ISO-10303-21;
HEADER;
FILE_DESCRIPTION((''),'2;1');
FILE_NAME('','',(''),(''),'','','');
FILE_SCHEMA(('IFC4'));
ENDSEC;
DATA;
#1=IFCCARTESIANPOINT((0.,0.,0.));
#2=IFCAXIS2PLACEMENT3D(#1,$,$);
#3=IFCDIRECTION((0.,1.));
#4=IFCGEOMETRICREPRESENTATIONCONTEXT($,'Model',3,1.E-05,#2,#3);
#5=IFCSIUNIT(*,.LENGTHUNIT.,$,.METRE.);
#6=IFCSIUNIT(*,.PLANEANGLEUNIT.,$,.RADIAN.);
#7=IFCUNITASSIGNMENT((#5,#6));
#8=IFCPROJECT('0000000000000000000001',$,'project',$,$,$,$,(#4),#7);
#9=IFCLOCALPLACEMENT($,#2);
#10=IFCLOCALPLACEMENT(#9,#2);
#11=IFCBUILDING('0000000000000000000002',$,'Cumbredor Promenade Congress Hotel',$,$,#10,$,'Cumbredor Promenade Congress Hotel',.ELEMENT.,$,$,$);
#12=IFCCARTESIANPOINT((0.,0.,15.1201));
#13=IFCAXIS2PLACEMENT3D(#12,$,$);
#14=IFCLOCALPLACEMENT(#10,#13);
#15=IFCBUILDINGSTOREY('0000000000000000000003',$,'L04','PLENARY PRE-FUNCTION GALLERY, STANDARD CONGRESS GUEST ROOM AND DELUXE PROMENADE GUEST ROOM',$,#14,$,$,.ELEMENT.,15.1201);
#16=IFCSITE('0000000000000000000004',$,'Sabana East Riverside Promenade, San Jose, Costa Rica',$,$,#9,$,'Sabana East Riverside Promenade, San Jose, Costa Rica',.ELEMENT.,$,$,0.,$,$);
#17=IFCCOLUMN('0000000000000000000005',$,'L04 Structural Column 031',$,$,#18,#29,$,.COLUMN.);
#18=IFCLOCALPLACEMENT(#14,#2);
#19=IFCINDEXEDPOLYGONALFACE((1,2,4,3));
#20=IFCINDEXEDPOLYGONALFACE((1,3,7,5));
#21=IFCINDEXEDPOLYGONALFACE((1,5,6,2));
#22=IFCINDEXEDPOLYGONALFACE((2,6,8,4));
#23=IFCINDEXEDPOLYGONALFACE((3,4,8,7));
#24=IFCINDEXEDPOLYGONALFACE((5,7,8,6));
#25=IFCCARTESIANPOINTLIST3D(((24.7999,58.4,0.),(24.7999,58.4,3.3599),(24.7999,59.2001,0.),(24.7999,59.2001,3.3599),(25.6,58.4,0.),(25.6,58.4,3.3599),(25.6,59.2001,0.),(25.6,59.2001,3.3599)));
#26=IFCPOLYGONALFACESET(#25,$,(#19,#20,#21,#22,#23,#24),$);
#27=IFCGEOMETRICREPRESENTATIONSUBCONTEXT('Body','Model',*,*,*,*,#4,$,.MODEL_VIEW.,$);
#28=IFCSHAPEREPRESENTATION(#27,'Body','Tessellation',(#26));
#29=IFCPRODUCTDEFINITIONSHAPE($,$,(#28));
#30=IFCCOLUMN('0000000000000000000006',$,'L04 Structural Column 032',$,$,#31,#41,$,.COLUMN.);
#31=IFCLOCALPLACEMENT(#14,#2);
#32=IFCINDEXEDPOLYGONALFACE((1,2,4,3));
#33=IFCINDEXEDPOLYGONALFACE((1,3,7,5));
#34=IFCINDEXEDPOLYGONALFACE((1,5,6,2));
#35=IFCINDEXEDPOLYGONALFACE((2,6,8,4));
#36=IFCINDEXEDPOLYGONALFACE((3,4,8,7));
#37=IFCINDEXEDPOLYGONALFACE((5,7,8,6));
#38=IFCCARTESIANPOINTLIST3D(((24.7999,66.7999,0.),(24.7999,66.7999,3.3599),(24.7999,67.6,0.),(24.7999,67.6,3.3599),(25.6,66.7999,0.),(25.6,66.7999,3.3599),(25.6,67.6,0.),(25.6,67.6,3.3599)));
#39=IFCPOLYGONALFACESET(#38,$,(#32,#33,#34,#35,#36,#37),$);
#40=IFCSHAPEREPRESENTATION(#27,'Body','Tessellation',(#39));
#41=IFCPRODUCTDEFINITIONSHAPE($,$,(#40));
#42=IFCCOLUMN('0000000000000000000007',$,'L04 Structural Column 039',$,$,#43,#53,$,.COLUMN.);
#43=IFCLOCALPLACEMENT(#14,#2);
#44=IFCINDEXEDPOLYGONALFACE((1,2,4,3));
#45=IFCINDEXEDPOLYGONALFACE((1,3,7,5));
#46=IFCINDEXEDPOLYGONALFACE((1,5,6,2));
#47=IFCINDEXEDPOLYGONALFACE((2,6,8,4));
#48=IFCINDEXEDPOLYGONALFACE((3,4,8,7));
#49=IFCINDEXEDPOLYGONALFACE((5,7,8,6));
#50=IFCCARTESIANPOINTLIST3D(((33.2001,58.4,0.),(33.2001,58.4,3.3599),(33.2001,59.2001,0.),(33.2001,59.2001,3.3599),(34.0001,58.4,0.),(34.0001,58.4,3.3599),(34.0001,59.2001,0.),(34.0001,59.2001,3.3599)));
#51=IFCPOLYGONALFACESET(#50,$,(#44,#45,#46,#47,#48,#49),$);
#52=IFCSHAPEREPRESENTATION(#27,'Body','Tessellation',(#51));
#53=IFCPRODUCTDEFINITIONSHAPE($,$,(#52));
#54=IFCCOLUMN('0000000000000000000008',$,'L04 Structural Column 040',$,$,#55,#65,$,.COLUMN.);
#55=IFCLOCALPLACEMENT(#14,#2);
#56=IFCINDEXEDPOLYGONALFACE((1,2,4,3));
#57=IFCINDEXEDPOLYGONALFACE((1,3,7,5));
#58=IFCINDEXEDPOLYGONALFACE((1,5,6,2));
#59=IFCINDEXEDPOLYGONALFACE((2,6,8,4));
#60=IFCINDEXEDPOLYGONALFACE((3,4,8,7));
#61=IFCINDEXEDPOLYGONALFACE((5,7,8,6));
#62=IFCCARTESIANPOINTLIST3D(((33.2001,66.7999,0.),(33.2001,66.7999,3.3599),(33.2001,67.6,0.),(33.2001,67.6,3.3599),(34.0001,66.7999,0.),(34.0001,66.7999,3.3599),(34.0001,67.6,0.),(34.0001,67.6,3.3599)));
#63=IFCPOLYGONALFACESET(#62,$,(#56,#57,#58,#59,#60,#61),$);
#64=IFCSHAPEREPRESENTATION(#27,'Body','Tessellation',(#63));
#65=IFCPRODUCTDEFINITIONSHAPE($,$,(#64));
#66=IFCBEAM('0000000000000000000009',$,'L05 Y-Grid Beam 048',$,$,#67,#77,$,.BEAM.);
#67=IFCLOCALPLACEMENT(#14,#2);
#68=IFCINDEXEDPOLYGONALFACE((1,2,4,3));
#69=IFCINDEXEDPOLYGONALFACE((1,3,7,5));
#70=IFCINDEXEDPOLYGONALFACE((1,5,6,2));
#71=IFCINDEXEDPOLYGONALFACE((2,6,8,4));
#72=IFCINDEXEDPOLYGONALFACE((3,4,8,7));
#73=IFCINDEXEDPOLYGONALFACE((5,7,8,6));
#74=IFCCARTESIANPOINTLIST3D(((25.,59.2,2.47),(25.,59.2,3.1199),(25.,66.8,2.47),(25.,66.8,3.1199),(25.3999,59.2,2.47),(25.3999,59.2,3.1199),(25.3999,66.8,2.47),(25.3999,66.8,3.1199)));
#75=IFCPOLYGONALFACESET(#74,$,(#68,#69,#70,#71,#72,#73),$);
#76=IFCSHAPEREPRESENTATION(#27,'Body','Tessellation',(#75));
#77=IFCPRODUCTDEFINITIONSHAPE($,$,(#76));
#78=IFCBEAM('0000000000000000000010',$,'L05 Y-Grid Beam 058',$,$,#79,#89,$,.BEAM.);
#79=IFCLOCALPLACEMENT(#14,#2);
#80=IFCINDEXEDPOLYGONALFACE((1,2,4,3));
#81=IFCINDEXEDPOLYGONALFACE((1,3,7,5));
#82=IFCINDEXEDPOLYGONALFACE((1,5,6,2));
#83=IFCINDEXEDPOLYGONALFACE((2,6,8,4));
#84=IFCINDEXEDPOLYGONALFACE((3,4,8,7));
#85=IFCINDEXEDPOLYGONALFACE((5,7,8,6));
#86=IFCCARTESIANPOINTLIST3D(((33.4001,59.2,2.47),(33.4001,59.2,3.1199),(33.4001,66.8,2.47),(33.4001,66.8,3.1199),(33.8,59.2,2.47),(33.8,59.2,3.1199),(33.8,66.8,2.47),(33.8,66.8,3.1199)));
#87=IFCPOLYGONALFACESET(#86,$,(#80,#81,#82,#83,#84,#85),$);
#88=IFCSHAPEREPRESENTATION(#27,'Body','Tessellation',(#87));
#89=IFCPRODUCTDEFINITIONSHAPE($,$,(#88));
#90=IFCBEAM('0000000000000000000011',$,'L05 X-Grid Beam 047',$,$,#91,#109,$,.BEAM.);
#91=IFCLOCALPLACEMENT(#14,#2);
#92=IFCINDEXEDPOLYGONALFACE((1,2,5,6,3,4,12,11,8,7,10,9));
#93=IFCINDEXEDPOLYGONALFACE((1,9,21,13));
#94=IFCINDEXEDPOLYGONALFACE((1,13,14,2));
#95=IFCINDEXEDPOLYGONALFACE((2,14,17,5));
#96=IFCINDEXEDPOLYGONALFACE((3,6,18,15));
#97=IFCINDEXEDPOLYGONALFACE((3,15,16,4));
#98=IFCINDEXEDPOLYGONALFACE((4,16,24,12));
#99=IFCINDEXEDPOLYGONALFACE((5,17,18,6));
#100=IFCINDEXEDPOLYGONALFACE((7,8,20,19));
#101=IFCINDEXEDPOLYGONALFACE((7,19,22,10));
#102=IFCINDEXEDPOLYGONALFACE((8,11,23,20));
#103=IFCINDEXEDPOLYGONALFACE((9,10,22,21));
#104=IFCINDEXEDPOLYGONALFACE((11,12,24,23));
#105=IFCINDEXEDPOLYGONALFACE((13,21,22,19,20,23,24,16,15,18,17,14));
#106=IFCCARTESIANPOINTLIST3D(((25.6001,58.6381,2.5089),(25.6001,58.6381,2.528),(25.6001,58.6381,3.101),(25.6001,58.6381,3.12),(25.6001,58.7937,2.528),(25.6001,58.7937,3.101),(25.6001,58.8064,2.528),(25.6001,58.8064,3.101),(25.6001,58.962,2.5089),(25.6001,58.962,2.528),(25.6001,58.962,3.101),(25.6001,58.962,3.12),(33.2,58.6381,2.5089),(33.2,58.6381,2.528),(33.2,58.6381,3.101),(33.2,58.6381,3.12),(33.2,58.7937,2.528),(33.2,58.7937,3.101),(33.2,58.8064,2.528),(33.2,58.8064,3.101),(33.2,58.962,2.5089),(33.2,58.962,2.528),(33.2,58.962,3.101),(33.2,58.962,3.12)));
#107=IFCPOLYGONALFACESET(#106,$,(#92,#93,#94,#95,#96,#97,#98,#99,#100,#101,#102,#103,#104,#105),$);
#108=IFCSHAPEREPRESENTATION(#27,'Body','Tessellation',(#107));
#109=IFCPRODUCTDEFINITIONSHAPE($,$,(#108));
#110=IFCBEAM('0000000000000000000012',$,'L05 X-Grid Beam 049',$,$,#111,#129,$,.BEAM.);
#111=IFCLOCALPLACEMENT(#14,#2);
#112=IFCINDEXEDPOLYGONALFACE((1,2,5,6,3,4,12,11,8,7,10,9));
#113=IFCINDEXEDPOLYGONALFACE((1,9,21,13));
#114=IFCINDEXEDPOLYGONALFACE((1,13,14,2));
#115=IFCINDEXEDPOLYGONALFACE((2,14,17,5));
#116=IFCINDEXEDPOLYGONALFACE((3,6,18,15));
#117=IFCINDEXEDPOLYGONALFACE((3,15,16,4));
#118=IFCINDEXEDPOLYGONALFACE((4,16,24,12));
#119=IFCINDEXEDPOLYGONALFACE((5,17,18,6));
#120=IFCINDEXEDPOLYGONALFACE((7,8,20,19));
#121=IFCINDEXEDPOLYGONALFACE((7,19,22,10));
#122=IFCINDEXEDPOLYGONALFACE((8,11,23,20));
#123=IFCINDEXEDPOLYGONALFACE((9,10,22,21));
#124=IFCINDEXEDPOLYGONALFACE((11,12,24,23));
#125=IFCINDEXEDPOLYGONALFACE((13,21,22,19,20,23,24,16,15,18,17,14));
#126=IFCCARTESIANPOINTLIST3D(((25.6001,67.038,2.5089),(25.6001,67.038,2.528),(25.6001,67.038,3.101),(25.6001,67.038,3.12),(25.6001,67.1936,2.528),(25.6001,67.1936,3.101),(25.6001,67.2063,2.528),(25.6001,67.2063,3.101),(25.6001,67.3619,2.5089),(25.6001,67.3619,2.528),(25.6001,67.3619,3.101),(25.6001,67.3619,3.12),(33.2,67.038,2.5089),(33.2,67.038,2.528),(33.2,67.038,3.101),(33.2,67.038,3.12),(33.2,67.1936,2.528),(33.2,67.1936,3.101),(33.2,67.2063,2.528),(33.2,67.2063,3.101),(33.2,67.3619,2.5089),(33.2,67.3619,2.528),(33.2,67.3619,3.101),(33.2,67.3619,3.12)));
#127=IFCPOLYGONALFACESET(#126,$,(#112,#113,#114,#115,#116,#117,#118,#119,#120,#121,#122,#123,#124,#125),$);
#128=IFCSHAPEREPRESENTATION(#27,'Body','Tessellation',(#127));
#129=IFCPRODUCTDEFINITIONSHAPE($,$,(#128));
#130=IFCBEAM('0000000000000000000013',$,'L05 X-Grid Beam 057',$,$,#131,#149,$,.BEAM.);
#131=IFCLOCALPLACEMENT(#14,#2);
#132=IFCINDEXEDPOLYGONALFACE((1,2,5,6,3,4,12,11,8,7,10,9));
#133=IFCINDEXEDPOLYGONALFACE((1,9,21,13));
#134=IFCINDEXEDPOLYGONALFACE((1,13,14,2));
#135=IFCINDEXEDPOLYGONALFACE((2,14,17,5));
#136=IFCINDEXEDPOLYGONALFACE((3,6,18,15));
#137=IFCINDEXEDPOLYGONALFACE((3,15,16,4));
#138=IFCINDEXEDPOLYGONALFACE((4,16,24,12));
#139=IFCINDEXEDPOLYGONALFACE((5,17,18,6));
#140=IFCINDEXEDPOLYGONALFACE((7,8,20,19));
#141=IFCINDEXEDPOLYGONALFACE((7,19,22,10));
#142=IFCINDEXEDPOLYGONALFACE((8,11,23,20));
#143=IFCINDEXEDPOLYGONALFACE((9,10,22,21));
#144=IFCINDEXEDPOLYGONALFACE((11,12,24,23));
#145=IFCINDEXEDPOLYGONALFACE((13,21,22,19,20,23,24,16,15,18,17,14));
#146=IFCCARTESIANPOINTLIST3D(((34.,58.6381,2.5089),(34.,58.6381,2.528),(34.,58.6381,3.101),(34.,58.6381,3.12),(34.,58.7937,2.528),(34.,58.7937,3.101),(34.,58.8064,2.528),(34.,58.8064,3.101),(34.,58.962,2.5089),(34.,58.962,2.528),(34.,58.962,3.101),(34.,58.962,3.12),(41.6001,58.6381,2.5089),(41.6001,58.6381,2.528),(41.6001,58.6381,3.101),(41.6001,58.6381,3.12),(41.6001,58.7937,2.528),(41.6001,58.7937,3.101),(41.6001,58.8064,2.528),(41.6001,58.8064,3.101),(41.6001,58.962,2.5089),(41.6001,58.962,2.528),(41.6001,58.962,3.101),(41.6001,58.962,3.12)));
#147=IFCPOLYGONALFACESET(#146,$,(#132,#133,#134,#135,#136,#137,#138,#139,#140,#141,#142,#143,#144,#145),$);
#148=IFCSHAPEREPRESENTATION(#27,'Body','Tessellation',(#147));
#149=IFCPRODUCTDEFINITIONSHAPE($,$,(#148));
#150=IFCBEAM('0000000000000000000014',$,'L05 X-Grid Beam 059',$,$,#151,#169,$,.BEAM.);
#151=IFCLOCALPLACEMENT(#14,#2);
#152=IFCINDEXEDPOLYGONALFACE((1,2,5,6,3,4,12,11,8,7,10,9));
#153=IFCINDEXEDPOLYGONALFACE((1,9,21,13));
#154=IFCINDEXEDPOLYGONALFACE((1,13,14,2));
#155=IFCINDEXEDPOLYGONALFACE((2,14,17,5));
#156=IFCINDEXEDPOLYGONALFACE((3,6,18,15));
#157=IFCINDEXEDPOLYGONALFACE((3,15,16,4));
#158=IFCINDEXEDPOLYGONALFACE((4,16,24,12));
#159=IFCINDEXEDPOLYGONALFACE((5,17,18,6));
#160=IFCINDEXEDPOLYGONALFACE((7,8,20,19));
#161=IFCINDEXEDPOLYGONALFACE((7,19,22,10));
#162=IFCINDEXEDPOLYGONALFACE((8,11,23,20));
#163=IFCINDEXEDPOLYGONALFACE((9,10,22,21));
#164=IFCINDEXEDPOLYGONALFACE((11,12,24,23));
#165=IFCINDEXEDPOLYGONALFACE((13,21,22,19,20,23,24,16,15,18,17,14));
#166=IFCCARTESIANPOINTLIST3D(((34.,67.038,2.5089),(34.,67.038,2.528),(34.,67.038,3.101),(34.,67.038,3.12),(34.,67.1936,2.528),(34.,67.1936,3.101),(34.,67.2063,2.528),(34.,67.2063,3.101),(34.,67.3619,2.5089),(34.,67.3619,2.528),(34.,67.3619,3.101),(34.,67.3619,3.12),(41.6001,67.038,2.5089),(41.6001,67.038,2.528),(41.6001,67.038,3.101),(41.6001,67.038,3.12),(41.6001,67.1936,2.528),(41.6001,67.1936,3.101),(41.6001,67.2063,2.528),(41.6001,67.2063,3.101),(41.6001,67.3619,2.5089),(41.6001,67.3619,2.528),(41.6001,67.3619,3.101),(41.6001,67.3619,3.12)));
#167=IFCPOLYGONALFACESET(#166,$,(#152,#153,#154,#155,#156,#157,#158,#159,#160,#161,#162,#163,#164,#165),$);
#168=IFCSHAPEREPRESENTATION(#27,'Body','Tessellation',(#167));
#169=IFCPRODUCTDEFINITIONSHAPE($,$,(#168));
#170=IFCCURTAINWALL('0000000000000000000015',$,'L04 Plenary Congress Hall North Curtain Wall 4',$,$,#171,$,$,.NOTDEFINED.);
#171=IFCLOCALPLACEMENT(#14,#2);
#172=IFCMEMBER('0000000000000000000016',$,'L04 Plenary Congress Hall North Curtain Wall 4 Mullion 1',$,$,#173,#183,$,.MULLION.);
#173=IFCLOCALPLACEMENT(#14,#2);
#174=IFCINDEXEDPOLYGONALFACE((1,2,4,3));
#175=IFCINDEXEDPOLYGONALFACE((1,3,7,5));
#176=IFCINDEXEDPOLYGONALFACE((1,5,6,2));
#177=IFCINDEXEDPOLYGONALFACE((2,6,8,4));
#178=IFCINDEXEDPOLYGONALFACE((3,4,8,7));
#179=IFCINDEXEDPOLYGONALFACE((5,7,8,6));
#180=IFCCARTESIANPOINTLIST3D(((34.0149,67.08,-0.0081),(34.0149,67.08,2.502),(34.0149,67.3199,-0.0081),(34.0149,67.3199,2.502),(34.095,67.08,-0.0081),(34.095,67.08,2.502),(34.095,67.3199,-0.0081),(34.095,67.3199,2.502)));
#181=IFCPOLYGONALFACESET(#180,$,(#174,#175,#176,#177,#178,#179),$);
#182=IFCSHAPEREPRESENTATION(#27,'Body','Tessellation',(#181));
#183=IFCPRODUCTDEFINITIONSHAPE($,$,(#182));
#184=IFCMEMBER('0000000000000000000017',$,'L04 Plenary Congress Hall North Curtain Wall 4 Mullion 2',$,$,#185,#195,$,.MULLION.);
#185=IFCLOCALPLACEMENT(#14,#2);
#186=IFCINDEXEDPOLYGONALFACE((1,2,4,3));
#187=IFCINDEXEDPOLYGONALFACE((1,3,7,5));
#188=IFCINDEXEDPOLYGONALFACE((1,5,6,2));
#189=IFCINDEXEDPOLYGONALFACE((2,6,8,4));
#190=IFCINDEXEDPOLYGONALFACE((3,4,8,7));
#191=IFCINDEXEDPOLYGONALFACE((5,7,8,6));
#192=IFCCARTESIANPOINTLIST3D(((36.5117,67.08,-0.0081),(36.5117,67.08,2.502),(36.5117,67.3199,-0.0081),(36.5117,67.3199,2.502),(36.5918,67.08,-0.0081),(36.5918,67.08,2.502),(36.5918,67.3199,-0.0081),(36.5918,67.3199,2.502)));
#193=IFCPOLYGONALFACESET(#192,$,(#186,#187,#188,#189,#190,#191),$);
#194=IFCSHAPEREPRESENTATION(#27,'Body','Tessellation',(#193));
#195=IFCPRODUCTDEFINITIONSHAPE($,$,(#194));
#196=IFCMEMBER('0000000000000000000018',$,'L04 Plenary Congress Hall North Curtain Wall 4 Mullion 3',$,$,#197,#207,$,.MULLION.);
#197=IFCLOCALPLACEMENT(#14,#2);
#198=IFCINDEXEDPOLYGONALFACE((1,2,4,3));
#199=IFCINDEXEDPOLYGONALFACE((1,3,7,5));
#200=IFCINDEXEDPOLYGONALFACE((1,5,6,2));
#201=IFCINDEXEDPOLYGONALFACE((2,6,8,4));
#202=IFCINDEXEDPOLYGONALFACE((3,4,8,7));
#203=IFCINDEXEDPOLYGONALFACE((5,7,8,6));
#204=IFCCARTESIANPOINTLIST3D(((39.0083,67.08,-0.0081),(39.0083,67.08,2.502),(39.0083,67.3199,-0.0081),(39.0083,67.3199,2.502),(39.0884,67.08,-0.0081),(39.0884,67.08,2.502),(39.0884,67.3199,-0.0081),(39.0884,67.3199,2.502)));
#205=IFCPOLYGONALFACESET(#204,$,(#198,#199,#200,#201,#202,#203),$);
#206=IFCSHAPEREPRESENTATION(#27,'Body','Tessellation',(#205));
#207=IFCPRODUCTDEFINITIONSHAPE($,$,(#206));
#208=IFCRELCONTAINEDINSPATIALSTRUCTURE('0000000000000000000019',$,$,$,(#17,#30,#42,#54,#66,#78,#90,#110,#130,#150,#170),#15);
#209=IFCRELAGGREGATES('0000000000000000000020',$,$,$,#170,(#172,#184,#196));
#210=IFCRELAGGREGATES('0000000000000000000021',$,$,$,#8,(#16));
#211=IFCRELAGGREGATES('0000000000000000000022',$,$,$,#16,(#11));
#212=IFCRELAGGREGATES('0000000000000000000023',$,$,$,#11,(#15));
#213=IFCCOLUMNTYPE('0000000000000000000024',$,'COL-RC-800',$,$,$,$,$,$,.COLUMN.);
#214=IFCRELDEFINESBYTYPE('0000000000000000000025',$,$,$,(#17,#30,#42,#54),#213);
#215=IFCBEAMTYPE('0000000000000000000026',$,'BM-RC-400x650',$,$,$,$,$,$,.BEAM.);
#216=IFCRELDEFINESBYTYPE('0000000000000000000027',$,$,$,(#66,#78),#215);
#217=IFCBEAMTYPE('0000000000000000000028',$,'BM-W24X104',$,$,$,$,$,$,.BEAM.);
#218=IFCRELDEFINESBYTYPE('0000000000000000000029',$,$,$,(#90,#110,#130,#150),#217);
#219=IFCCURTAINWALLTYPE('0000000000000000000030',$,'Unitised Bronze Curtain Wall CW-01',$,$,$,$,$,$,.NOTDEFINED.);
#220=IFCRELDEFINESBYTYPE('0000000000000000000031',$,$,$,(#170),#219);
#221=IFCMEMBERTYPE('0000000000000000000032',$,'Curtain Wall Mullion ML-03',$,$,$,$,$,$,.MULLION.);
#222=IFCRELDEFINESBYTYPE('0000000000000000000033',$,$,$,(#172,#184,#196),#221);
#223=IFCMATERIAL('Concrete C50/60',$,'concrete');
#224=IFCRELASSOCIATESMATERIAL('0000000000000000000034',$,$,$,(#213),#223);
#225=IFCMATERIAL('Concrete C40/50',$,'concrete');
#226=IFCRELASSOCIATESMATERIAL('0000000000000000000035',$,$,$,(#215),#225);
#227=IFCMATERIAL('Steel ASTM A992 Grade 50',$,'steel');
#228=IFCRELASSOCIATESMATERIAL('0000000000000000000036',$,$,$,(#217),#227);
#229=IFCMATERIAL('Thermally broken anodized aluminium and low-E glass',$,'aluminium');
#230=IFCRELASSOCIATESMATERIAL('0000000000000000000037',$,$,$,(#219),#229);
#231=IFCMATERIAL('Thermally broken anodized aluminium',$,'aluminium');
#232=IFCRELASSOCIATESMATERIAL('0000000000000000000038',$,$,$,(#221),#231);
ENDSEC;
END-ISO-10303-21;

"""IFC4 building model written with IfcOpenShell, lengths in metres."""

from ifc_helpers import new_model, si_unit, direction, frame, origin, origin_2d, place, context, subcontext, project, spatial, rectangle, i_section, extrude, material, material_profile, profile_set, type_object, element, aggregate, save


model = new_model("IFC4")

# Units and contexts
model_context = context("Model", 3, precision=1e-05, world=origin(), true_north=direction((0.0, 1.0)))
body_context = subcontext(model_context, "Body", "Model", "MODEL_VIEW")
ifc_project = project(units=[si_unit("LENGTHUNIT", "METRE"), si_unit("PLANEANGLEUNIT", "RADIAN")], contexts=[model_context])

# Site, building, storey
site_placement = place(None, origin())
site = spatial("IfcSite", under=ifc_project, at=site_placement, Name="Sabana East Riverside Promenade, San Jose, Costa Rica", LongName="Sabana East Riverside Promenade, San Jose, Costa Rica", CompositionType="ELEMENT", RefElevation=0.0)
building_placement = place(site_placement, origin())
building = spatial("IfcBuilding", under=site, at=building_placement, Name="Cumbredor Promenade Congress Hotel", LongName="Cumbredor Promenade Congress Hotel", CompositionType="ELEMENT")
storey_placement = place(building_placement, frame((0.0, 0.0, 15.1201)))
storey = spatial("IfcBuildingStorey", under=building, at=storey_placement, Name="L04", Description="PLENARY PRE-FUNCTION GALLERY, STANDARD CONGRESS GUEST ROOM AND DELUXE PROMENADE GUEST ROOM", CompositionType="ELEMENT", Elevation=15.1201)

# Columns
ifc_material_1 = material(Name="Concrete C50/60", Category="concrete")
ifc_material_profile_1 = material_profile(ifc_material_1, rectangle(XDim=0.8, YDim=0.8, at=origin_2d()), Name="RC 800x800")
ifc_profile_set_1 = profile_set([ifc_material_profile_1], Name="Concrete C50/60")
column_type = type_object("IfcColumnType", Name="COL-RC-800", PredefinedType="COLUMN", material=ifc_profile_set_1)
for number, where, z_axis, x_axis, name in (
    (1, (25.2, 58.8, 0.0), (0.0, 0.0, 1.0), (1.0, 0.0, 0.0), "L04 Structural Column 031"),
    (2, (25.2, 67.2, 0.0), (0.0, 0.0, 1.0), (1.0, 0.0, 0.0), "L04 Structural Column 032"),
    (3, (33.6001, 58.8, 0.0), (0.0, 0.0, 1.0), (1.0, 0.0, 0.0), "L04 Structural Column 039"),
    (4, (33.6001, 67.2, 0.0), (0.0, 0.0, 1.0), (1.0, 0.0, 0.0), "L04 Structural Column 040"),
):
    element("IfcColumn", number, at=place(storey_placement, frame(where, z_axis=z_axis, x_axis=x_axis)), inside=storey, type_object=column_type, Name=name, PredefinedType="COLUMN", context=body_context, shape_type="SweptSolid", body=[
        extrude(rectangle(XDim=0.8, YDim=0.8, at=origin_2d()), origin(), (0.0, 0.0, 1.0), 3.3599),
    ])

# Beams
ifc_material_2 = material(Name="Concrete C40/50", Category="concrete")
ifc_material_profile_2 = material_profile(ifc_material_2, rectangle(XDim=0.3999, YDim=0.6499, at=origin_2d()), Name="RC BEAM 400x650")
ifc_profile_set_2 = profile_set([ifc_material_profile_2], Name="Concrete C40/50")
beam_type_1 = type_object("IfcBeamType", Name="BM-RC-400x650", PredefinedType="BEAM", material=ifc_profile_set_2)
for number, where, z_axis, x_axis, name in (
    (5, (25.2, 59.2, 2.7949), (0.0, 1.0, 0.0), (-1.0, 0.0, 0.0), "L05 Y-Grid Beam 048"),
    (6, (33.6001, 59.2, 2.7949), (0.0, 1.0, 0.0), (-1.0, 0.0, 0.0), "L05 Y-Grid Beam 058"),
):
    element("IfcBeam", number, at=place(storey_placement, frame(where, z_axis=z_axis, x_axis=x_axis)), inside=storey, type_object=beam_type_1, Name=name, PredefinedType="BEAM", context=body_context, shape_type="SweptSolid", body=[
        extrude(rectangle(XDim=0.3999, YDim=0.6499, at=origin_2d()), origin(), (0.0, 0.0, 1.0), 7.6001),
    ])
ifc_material_3 = material(Name="Steel ASTM A992 Grade 50", Category="steel")
ifc_material_profile_3 = material_profile(ifc_material_3, i_section(OverallWidth=0.324, OverallDepth=0.6111, WebThickness=0.0127, FlangeThickness=0.019, at=origin_2d()), Name="W24X104")
ifc_profile_set_3 = profile_set([ifc_material_profile_3], Name="Steel ASTM A992 Grade 50")
beam_type_2 = type_object("IfcBeamType", Name="BM-W24X104", PredefinedType="BEAM", material=ifc_profile_set_3)
for number, where, z_axis, x_axis, name in (
    (7, (25.6001, 58.8, 2.8145), (1.0, 0.0, 0.0), (0.0, 1.0, 0.0), "L05 X-Grid Beam 047"),
    (8, (25.6001, 67.2, 2.8145), (1.0, 0.0, 0.0), (0.0, 1.0, 0.0), "L05 X-Grid Beam 049"),
):
    element("IfcBeam", number, at=place(storey_placement, frame(where, z_axis=z_axis, x_axis=x_axis)), inside=storey, type_object=beam_type_2, Name=name, PredefinedType="BEAM", context=body_context, shape_type="SweptSolid", body=[
        extrude(i_section(OverallWidth=0.324, OverallDepth=0.6111, WebThickness=0.0127, FlangeThickness=0.019, at=origin_2d()), origin(), (0.0, 0.0, 1.0), 7.5999),
    ])
for number, where, z_axis, x_axis, name in (
    (9, (34.0, 58.8, 2.8145), (1.0, 0.0, 0.0), (0.0, 1.0, 0.0), "L05 X-Grid Beam 057"),
    (10, (34.0, 67.2, 2.8145), (1.0, 0.0, 0.0), (0.0, 1.0, 0.0), "L05 X-Grid Beam 059"),
):
    element("IfcBeam", number, at=place(storey_placement, frame(where, z_axis=z_axis, x_axis=x_axis)), inside=storey, type_object=beam_type_2, Name=name, PredefinedType="BEAM", context=body_context, shape_type="SweptSolid", body=[
        extrude(i_section(OverallWidth=0.324, OverallDepth=0.6111, WebThickness=0.0127, FlangeThickness=0.019, at=origin_2d()), origin(), (0.0, 0.0, 1.0), 7.6001),
    ])

# Curtain wall, members
ifc_material_4 = material(Name="Thermally broken anodized aluminium and low-E glass", Category="aluminium")
curtain_wall_type = type_object("IfcCurtainWallType", Name="Unitised Bronze Curtain Wall CW-01", PredefinedType="NOTDEFINED", material=ifc_material_4)
curtain_wall_placement = place(storey_placement, origin())
curtain_wall = element("IfcCurtainWall", 11, at=curtain_wall_placement, inside=storey, type_object=curtain_wall_type, Name="L04 Plenary Congress Hall North Curtain Wall 4", PredefinedType="NOTDEFINED")
ifc_material_5 = material(Name="Thermally broken anodized aluminium", Category="aluminium")
ifc_material_profile_4 = material_profile(ifc_material_5, rectangle(XDim=0.0801, YDim=0.24, at=origin_2d()), Name="ALU MULLION 80x240")
ifc_profile_set_4 = profile_set([ifc_material_profile_4], Name="Thermally broken anodized aluminium")
member_type_1 = type_object("IfcMemberType", Name="Curtain Wall Mullion ML-03", PredefinedType="MULLION", material=ifc_profile_set_4)
member_1_placement = place(storey_placement, frame((34.0549, 67.2, -0.0081), z_axis=(0.0, 0.0, 1.0), x_axis=(1.0, 0.0, 0.0)))
member_1 = element("IfcMember", 12, at=member_1_placement, type_object=member_type_1, Name="L04 Plenary Congress Hall North Curtain Wall 4 Mullion 1", PredefinedType="MULLION", context=body_context, shape_type="SweptSolid", body=[
    extrude(rectangle(XDim=0.0801, YDim=0.24, at=origin_2d()), origin(), (0.0, 0.0, 1.0), 2.51),
])
member_2_placement = place(storey_placement, frame((36.5518, 67.2, -0.0081), z_axis=(0.0, 0.0, 1.0), x_axis=(1.0, 0.0, 0.0)))
member_2 = element("IfcMember", 13, at=member_2_placement, type_object=member_type_1, Name="L04 Plenary Congress Hall North Curtain Wall 4 Mullion 2", PredefinedType="MULLION", context=body_context, shape_type="SweptSolid", body=[
    extrude(rectangle(XDim=0.0801, YDim=0.24, at=origin_2d()), origin(), (0.0, 0.0, 1.0), 2.51),
])
member_3_placement = place(storey_placement, frame((39.0483, 67.2, -0.0081), z_axis=(0.0, 0.0, 1.0), x_axis=(1.0, 0.0, 0.0)))
member_3 = element("IfcMember", 14, at=member_3_placement, type_object=member_type_1, Name="L04 Plenary Congress Hall North Curtain Wall 4 Mullion 3", PredefinedType="MULLION", context=body_context, shape_type="SweptSolid", body=[
    extrude(rectangle(XDim=0.0801, YDim=0.24, at=origin_2d()), origin(), (0.0, 0.0, 1.0), 2.51),
])

aggregate(curtain_wall, [member_1, member_2, member_3])

save(model, "model.ifc")
